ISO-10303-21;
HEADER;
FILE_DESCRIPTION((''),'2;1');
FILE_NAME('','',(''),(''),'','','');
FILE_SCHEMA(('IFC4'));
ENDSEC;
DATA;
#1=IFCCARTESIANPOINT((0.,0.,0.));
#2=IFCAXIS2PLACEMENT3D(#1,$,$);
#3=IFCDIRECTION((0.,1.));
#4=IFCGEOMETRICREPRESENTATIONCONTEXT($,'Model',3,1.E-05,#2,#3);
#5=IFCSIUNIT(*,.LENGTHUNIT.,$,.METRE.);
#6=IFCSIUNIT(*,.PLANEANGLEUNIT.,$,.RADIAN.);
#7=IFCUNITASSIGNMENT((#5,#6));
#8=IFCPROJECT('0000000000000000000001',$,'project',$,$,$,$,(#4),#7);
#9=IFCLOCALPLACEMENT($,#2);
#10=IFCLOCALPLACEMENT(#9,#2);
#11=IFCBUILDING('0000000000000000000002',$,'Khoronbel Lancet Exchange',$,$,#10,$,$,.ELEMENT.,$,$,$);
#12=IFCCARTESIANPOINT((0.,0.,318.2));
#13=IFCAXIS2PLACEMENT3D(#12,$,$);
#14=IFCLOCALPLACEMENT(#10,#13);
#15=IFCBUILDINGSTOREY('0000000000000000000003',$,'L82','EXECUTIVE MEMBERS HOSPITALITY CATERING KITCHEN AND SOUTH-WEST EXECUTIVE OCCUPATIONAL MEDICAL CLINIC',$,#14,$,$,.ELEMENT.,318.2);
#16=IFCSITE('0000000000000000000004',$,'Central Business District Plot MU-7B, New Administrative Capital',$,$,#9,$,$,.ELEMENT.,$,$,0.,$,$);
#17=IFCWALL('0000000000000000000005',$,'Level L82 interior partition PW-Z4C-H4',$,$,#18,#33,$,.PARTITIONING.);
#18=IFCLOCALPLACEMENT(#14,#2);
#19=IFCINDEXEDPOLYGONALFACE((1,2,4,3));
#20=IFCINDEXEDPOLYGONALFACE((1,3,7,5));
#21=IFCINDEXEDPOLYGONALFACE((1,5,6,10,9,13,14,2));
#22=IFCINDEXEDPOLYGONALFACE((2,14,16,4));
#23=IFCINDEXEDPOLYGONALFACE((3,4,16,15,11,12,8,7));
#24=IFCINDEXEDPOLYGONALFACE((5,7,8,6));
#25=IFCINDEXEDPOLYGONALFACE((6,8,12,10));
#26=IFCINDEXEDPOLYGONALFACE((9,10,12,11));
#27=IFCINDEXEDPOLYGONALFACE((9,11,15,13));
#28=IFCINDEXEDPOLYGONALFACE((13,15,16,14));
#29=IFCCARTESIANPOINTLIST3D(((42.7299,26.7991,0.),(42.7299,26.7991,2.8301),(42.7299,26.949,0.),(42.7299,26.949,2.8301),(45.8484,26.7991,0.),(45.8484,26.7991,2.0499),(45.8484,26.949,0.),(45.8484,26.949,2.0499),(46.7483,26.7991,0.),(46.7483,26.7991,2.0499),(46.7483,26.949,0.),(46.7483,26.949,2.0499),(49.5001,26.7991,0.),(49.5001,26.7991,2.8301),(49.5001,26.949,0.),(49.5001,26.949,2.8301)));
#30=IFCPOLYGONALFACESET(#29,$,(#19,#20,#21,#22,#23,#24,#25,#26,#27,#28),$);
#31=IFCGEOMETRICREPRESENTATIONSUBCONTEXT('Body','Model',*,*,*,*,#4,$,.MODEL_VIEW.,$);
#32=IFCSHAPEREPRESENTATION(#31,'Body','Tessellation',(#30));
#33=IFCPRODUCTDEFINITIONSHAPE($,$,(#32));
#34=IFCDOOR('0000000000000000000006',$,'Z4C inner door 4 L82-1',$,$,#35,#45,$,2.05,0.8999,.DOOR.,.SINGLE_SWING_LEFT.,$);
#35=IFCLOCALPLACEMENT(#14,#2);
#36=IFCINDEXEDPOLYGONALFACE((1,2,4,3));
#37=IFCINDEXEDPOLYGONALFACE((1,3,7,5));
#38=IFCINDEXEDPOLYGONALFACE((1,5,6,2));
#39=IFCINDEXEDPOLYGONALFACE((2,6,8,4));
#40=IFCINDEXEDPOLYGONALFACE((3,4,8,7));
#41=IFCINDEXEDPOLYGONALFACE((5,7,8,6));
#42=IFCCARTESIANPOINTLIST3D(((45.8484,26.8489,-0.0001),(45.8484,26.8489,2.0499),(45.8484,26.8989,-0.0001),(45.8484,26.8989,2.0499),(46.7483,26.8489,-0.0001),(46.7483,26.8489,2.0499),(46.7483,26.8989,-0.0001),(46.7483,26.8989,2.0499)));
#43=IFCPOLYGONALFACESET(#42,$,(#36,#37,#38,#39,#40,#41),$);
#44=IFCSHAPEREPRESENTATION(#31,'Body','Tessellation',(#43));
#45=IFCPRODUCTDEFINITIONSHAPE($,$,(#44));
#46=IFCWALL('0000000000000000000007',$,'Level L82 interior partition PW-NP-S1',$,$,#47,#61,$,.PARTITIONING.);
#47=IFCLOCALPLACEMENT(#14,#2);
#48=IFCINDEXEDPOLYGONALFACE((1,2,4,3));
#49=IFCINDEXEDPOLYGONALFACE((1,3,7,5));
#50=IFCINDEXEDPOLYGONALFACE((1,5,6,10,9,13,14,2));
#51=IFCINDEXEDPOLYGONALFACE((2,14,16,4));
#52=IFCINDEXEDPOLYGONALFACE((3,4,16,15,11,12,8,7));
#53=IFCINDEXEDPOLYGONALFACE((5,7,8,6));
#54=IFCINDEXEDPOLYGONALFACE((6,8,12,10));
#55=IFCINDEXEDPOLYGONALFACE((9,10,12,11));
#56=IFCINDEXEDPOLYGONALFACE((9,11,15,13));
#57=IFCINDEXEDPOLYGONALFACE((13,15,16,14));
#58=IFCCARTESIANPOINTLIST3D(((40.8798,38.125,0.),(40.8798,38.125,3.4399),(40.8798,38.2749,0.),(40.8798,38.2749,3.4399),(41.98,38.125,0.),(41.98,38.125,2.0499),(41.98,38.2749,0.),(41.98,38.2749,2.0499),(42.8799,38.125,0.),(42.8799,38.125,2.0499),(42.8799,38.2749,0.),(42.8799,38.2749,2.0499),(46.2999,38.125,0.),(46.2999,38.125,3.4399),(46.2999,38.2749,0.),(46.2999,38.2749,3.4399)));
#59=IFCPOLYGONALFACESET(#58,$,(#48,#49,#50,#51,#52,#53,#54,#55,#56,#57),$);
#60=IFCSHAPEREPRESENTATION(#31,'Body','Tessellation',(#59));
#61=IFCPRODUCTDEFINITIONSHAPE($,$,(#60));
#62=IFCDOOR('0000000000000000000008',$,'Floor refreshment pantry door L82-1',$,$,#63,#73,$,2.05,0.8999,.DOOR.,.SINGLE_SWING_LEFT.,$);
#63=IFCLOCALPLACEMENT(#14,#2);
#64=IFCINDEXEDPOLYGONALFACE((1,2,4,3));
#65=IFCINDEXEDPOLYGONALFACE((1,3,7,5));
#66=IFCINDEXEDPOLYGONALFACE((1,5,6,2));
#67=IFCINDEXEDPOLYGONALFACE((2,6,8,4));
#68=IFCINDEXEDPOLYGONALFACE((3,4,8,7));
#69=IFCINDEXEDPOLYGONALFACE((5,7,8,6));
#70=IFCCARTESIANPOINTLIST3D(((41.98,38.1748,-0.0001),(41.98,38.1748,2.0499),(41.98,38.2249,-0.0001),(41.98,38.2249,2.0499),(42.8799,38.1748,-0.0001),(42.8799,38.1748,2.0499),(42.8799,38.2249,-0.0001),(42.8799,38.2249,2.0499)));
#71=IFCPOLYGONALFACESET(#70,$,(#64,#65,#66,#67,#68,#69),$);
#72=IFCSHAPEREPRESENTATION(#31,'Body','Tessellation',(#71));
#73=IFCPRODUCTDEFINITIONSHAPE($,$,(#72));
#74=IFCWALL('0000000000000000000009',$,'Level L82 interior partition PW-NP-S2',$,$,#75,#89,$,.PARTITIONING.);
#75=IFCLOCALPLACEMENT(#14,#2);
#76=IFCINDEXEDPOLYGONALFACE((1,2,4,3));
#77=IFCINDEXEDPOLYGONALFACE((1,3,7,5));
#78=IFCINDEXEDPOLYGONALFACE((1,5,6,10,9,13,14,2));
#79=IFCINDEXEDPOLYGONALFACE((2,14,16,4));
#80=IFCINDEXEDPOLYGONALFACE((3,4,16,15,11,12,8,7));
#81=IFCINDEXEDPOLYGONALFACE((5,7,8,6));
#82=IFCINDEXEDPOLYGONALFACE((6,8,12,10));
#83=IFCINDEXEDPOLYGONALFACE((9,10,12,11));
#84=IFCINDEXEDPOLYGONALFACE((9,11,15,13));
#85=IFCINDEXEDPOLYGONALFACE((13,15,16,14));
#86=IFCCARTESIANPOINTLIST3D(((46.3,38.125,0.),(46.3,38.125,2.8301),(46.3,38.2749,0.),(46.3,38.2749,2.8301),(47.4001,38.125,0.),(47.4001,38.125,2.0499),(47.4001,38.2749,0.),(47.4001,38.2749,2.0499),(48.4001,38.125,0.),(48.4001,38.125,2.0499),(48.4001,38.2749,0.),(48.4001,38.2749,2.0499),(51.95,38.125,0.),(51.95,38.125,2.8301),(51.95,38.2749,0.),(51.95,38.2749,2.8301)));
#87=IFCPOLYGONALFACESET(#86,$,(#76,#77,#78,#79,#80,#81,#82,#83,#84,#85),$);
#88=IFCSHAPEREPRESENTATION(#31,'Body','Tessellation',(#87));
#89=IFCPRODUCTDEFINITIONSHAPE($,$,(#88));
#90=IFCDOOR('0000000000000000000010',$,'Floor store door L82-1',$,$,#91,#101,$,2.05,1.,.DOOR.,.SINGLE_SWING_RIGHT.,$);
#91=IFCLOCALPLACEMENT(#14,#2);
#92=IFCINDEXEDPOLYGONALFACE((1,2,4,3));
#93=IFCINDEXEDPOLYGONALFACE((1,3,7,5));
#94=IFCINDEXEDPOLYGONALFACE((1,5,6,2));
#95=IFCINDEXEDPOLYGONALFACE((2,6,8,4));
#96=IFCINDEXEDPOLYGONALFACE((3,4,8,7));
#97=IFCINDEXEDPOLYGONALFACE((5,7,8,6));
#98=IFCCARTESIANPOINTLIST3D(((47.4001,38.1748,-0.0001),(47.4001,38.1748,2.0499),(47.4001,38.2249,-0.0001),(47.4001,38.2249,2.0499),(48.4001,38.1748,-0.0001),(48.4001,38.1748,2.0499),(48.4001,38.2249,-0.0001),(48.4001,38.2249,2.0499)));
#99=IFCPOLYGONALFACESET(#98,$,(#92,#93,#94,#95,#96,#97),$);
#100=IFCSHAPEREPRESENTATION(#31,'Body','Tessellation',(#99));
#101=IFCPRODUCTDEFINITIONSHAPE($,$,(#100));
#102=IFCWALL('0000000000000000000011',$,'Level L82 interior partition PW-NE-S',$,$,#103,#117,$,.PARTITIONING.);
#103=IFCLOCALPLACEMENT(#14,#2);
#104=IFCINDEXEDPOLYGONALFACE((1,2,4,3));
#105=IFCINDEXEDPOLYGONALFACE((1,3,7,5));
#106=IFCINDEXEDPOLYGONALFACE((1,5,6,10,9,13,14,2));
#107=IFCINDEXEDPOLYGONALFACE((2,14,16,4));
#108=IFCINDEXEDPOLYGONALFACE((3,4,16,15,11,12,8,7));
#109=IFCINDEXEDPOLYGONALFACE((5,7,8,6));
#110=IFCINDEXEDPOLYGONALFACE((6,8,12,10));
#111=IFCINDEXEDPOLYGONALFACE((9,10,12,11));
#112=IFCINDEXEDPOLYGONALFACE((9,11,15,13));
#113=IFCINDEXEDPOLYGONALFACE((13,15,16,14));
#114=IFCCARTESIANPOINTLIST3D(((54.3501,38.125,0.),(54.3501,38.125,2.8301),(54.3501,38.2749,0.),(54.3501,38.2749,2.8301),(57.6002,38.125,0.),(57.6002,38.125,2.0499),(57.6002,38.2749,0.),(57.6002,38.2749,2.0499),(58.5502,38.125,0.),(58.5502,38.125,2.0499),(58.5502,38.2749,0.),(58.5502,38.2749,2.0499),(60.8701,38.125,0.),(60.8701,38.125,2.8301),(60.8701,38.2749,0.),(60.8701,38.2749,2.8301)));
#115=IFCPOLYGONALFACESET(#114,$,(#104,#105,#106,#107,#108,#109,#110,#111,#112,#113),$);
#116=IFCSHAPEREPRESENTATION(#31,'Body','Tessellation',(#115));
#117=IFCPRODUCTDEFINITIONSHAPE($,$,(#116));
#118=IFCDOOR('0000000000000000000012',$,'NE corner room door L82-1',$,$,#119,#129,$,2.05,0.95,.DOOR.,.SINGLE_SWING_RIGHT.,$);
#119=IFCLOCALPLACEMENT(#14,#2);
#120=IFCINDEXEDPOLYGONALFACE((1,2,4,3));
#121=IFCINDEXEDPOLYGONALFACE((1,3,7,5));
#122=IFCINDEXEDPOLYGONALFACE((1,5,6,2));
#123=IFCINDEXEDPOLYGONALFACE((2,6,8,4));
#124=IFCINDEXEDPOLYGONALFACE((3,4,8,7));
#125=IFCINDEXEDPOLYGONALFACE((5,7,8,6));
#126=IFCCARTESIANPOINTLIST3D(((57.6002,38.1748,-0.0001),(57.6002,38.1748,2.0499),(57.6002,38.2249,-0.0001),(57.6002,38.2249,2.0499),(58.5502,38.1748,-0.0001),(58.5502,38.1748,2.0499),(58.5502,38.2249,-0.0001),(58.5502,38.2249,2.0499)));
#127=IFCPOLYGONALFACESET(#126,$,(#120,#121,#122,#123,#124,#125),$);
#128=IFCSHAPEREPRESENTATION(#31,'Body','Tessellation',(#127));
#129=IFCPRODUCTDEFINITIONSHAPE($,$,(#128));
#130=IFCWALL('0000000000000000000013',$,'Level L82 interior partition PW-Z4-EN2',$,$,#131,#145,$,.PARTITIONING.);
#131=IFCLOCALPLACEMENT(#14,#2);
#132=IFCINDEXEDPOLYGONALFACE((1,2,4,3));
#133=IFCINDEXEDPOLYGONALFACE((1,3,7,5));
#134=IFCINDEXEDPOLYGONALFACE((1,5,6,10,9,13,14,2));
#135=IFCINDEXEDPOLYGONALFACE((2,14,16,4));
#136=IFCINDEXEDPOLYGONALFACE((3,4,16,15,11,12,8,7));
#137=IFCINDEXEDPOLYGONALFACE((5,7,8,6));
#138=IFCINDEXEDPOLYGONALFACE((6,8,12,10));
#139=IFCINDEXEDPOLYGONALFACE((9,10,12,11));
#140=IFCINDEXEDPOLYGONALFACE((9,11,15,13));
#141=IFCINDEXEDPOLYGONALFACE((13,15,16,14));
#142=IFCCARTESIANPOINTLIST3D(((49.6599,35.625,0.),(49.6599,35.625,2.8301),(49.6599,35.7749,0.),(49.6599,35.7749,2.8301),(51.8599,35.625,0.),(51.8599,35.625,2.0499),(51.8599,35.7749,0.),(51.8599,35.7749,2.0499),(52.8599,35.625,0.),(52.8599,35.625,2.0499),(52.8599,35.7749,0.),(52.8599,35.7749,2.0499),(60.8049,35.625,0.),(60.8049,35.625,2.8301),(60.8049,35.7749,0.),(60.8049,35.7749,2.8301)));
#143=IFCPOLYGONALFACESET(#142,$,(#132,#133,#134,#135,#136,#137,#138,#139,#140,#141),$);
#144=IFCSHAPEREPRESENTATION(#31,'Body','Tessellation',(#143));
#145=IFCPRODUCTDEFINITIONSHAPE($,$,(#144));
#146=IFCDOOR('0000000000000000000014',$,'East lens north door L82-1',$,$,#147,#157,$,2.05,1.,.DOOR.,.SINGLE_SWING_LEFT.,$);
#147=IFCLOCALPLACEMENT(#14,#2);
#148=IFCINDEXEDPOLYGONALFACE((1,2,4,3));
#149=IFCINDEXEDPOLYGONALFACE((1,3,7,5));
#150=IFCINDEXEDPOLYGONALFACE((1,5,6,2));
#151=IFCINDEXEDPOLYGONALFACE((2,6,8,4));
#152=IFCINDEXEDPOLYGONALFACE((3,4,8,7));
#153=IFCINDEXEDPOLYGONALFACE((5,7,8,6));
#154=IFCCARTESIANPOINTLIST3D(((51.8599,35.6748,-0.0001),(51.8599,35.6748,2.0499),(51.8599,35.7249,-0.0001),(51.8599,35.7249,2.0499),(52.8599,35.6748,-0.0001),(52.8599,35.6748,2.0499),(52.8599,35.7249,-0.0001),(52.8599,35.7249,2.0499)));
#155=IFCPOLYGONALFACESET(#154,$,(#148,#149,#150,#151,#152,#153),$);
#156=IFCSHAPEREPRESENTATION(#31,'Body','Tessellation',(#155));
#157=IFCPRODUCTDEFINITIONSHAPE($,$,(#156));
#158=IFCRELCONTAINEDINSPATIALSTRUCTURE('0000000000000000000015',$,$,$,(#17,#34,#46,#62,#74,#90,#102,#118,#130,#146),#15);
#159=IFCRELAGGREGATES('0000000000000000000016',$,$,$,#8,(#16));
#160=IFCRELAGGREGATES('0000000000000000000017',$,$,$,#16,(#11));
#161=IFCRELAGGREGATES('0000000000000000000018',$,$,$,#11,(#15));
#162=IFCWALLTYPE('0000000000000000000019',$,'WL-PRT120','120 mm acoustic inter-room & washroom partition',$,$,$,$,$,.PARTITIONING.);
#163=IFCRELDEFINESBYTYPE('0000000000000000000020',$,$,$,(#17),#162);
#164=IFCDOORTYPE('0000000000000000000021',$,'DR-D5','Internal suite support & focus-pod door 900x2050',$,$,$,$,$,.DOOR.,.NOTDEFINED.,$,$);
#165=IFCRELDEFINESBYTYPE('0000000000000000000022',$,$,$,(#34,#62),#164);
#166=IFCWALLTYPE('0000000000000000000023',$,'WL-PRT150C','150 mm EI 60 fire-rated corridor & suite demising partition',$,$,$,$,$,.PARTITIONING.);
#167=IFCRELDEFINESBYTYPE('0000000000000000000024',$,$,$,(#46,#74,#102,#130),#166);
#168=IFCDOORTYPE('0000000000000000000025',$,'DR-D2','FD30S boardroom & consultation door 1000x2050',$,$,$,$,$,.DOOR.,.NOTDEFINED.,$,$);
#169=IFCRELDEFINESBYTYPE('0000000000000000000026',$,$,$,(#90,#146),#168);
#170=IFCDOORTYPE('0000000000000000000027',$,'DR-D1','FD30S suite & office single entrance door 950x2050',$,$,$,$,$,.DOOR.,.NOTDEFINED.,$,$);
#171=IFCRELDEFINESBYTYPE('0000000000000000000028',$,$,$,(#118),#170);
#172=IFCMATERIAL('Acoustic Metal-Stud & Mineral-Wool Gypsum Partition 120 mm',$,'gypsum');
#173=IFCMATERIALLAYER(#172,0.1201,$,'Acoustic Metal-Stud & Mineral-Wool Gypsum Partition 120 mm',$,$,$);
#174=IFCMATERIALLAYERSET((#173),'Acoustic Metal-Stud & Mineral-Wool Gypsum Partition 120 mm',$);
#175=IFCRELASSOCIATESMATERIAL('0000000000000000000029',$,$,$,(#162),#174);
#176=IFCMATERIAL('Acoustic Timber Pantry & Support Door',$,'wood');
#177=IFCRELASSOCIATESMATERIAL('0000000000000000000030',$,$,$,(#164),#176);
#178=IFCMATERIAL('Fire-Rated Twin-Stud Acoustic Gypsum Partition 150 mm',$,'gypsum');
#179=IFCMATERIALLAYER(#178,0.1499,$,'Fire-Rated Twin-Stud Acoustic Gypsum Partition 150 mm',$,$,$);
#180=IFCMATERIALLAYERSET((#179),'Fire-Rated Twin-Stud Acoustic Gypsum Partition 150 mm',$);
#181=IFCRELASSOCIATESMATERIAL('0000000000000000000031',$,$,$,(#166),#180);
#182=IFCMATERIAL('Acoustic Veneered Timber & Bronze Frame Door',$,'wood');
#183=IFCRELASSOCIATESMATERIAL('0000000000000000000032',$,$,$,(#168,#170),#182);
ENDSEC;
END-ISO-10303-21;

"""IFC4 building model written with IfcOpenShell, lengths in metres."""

from ifc_helpers import new_model, si_unit, direction, frame, frame_2d, origin, place, context, subcontext, project, spatial, rectangle, extrude, material, layer, layer_set, type_object, element, fill, save


model = new_model("IFC4")

# Units and contexts
model_context = context("Model", 3, precision=1e-05, world=origin(), true_north=direction((0.0, 1.0)))
body_context = subcontext(model_context, "Body", "Model", "MODEL_VIEW")
ifc_project = project(units=[si_unit("LENGTHUNIT", "METRE"), si_unit("PLANEANGLEUNIT", "RADIAN")], contexts=[model_context])

# Site, building, storey
site_placement = place(None, origin())
site = spatial("IfcSite", under=ifc_project, at=site_placement, Name="Central Business District Plot MU-7B, New Administrative Capital", CompositionType="ELEMENT", RefElevation=0.0)
building_placement = place(site_placement, origin())
building = spatial("IfcBuilding", under=site, at=building_placement, Name="Khoronbel Lancet Exchange", CompositionType="ELEMENT")
storey_placement = place(building_placement, frame((0.0, 0.0, 318.2)))
storey = spatial("IfcBuildingStorey", under=building, at=storey_placement, Name="L82", Description="EXECUTIVE MEMBERS HOSPITALITY CATERING KITCHEN AND SOUTH-WEST EXECUTIVE OCCUPATIONAL MEDICAL CLINIC", CompositionType="ELEMENT", Elevation=318.2)

# Walls, openings, doors
ifc_material_1 = material(Name="Acoustic Metal-Stud & Mineral-Wool Gypsum Partition 120 mm", Category="gypsum")
ifc_layer_1 = layer(ifc_material_1, 0.1201, Name="Acoustic Metal-Stud & Mineral-Wool Gypsum Partition 120 mm")
ifc_layer_set_1 = layer_set([ifc_layer_1], Name="Acoustic Metal-Stud & Mineral-Wool Gypsum Partition 120 mm")
wall_type_1 = type_object("IfcWallType", Name="WL-PRT120", Description="120 mm acoustic inter-room & washroom partition", PredefinedType="PARTITIONING", material=ifc_layer_set_1)
ifc_material_2 = material(Name="Acoustic Timber Pantry & Support Door", Category="wood")
door_type_1 = type_object("IfcDoorType", Name="DR-D5", Description="Internal suite support & focus-pod door 900x2050", OperationType="NOTDEFINED", PredefinedType="DOOR", material=ifc_material_2)
wall_1_placement = place(storey_placement, frame((42.7297, 26.874, 0.0), z_axis=(0.0, 0.0, 1.0), x_axis=(1.0, 0.0, 0.0)))
wall_1 = element("IfcWall", 1, at=wall_1_placement, inside=storey, type_object=wall_type_1, Name="Level L82 interior partition PW-Z4C-H4", PredefinedType="PARTITIONING", context=body_context, shape_type="SweptSolid", body=[
    extrude(rectangle(XDim=6.7703, YDim=0.1499, at=frame_2d((3.3853, 0.0))), origin(), (0.0, 0.0, 1.0), 2.8301),
])
opening_1_placement = place(wall_1_placement, frame((3.1187, 0.0, 0.0)))
opening_1 = element("IfcOpeningElement", 2, at=opening_1_placement, cuts=wall_1, PredefinedType="OPENING", context=body_context, shape_type="SweptSolid", body=[
    extrude(rectangle(XDim=0.8999, YDim=2.05, at=frame_2d((0.45, 1.0249))), frame((0.0, 0.085, 0.0), z_axis=(0.0, -1.0, 0.0), x_axis=(1.0, 0.0, 0.0)), (0.0, 0.0, 1.0), 0.1699),
])
door_1_placement = place(opening_1_placement, origin())
door_1 = element("IfcDoor", 3, at=door_1_placement, inside=storey, type_object=door_type_1, Name="Z4C inner door 4 L82-1", OperationType="SINGLE_SWING_LEFT", OverallHeight=2.05, OverallWidth=0.8999, PredefinedType="DOOR", context=body_context, shape_type="SweptSolid", body=[
    extrude(rectangle(XDim=0.8999, YDim=2.05, at=frame_2d((0.45, 1.0249))), frame((0.0, 0.0249, 0.0), z_axis=(0.0, -1.0, 0.0), x_axis=(1.0, 0.0, 0.0)), (0.0, 0.0, 1.0), 0.05),
])
fill(opening_1, door_1)
ifc_material_3 = material(Name="Fire-Rated Twin-Stud Acoustic Gypsum Partition 150 mm", Category="gypsum")
ifc_layer_2 = layer(ifc_material_3, 0.1499, Name="Fire-Rated Twin-Stud Acoustic Gypsum Partition 150 mm")
ifc_layer_set_2 = layer_set([ifc_layer_2], Name="Fire-Rated Twin-Stud Acoustic Gypsum Partition 150 mm")
wall_type_2 = type_object("IfcWallType", Name="WL-PRT150C", Description="150 mm EI 60 fire-rated corridor & suite demising partition", PredefinedType="PARTITIONING", material=ifc_layer_set_2)
wall_2_placement = place(storey_placement, frame((40.8799, 38.2, 0.0), z_axis=(0.0, 0.0, 1.0), x_axis=(1.0, 0.0, 0.0)))
wall_2 = element("IfcWall", 4, at=wall_2_placement, inside=storey, type_object=wall_type_2, Name="Level L82 interior partition PW-NP-S1", PredefinedType="PARTITIONING", context=body_context, shape_type="SweptSolid", body=[
    extrude(rectangle(XDim=5.4202, YDim=0.1499, at=frame_2d((2.71, 0.0))), origin(), (0.0, 0.0, 1.0), 3.4399),
])
opening_2_placement = place(wall_2_placement, frame((1.1001, 0.0, 0.0)))
opening_2 = element("IfcOpeningElement", 5, at=opening_2_placement, cuts=wall_2, PredefinedType="OPENING", context=body_context, shape_type="SweptSolid", body=[
    extrude(rectangle(XDim=0.8999, YDim=2.05, at=frame_2d((0.45, 1.0249))), frame((0.0, 0.085, 0.0), z_axis=(0.0, -1.0, 0.0), x_axis=(1.0, 0.0, 0.0)), (0.0, 0.0, 1.0), 0.1699),
])
door_2_placement = place(opening_2_placement, origin())
door_2 = element("IfcDoor", 6, at=door_2_placement, inside=storey, type_object=door_type_1, Name="Floor refreshment pantry door L82-1", OperationType="SINGLE_SWING_LEFT", OverallHeight=2.05, OverallWidth=0.8999, PredefinedType="DOOR", context=body_context, shape_type="SweptSolid", body=[
    extrude(rectangle(XDim=0.8999, YDim=2.05, at=frame_2d((0.45, 1.0249))), frame((0.0, 0.0249, 0.0), z_axis=(0.0, -1.0, 0.0), x_axis=(1.0, 0.0, 0.0)), (0.0, 0.0, 1.0), 0.05),
])
fill(opening_2, door_2)
wall_3_placement = place(storey_placement, frame((46.3, 38.2, 0.0), z_axis=(0.0, 0.0, 1.0), x_axis=(1.0, 0.0, 0.0)))
wall_3 = element("IfcWall", 7, at=wall_3_placement, inside=storey, type_object=wall_type_2, Name="Level L82 interior partition PW-NP-S2", PredefinedType="PARTITIONING", context=body_context, shape_type="SweptSolid", body=[
    extrude(rectangle(XDim=5.6499, YDim=0.1499, at=frame_2d((2.825, 0.0))), origin(), (0.0, 0.0, 1.0), 2.8301),
])
opening_3_placement = place(wall_3_placement, frame((1.1001, 0.0, 0.0)))
opening_3 = element("IfcOpeningElement", 8, at=opening_3_placement, cuts=wall_3, PredefinedType="OPENING", context=body_context, shape_type="SweptSolid", body=[
    extrude(rectangle(XDim=1.0, YDim=2.05, at=frame_2d((0.5, 1.0249))), frame((0.0, 0.085, 0.0), z_axis=(0.0, -1.0, 0.0), x_axis=(1.0, 0.0, 0.0)), (0.0, 0.0, 1.0), 0.1699),
])
ifc_material_4 = material(Name="Acoustic Veneered Timber & Bronze Frame Door", Category="wood")
door_type_2 = type_object("IfcDoorType", Name="DR-D2", Description="FD30S boardroom & consultation door 1000x2050", OperationType="NOTDEFINED", PredefinedType="DOOR", material=ifc_material_4)
door_3_placement = place(opening_3_placement, origin())
door_3 = element("IfcDoor", 9, at=door_3_placement, inside=storey, type_object=door_type_2, Name="Floor store door L82-1", OperationType="SINGLE_SWING_RIGHT", OverallHeight=2.05, OverallWidth=1.0, PredefinedType="DOOR", context=body_context, shape_type="SweptSolid", body=[
    extrude(rectangle(XDim=1.0, YDim=2.05, at=frame_2d((0.5, 1.0249))), frame((0.0, 0.0249, 0.0), z_axis=(0.0, -1.0, 0.0), x_axis=(1.0, 0.0, 0.0)), (0.0, 0.0, 1.0), 0.05),
])
fill(opening_3, door_3)
wall_4_placement = place(storey_placement, frame((54.3501, 38.2, 0.0), z_axis=(0.0, 0.0, 1.0), x_axis=(1.0, 0.0, 0.0)))
wall_4 = element("IfcWall", 10, at=wall_4_placement, inside=storey, type_object=wall_type_2, Name="Level L82 interior partition PW-NE-S", PredefinedType="PARTITIONING", context=body_context, shape_type="SweptSolid", body=[
    extrude(rectangle(XDim=6.52, YDim=0.1499, at=frame_2d((3.26, 0.0))), origin(), (0.0, 0.0, 1.0), 2.8301),
])
opening_4_placement = place(wall_4_placement, frame((3.25, 0.0, 0.0)))
opening_4 = element("IfcOpeningElement", 11, at=opening_4_placement, cuts=wall_4, PredefinedType="OPENING", context=body_context, shape_type="SweptSolid", body=[
    extrude(rectangle(XDim=0.95, YDim=2.05, at=frame_2d((0.4751, 1.0249))), frame((0.0, 0.085, 0.0), z_axis=(0.0, -1.0, 0.0), x_axis=(1.0, 0.0, 0.0)), (0.0, 0.0, 1.0), 0.1699),
])
door_type_3 = type_object("IfcDoorType", Name="DR-D1", Description="FD30S suite & office single entrance door 950x2050", OperationType="NOTDEFINED", PredefinedType="DOOR", material=ifc_material_4)
door_4_placement = place(opening_4_placement, origin())
door_4 = element("IfcDoor", 12, at=door_4_placement, inside=storey, type_object=door_type_3, Name="NE corner room door L82-1", OperationType="SINGLE_SWING_RIGHT", OverallHeight=2.05, OverallWidth=0.95, PredefinedType="DOOR", context=body_context, shape_type="SweptSolid", body=[
    extrude(rectangle(XDim=0.95, YDim=2.05, at=frame_2d((0.4751, 1.0249))), frame((0.0, 0.0249, 0.0), z_axis=(0.0, -1.0, 0.0), x_axis=(1.0, 0.0, 0.0)), (0.0, 0.0, 1.0), 0.05),
])
fill(opening_4, door_4)
wall_5_placement = place(storey_placement, frame((49.6599, 35.7, 0.0), z_axis=(0.0, 0.0, 1.0), x_axis=(1.0, 0.0, 0.0)))
wall_5 = element("IfcWall", 13, at=wall_5_placement, inside=storey, type_object=wall_type_2, Name="Level L82 interior partition PW-Z4-EN2", PredefinedType="PARTITIONING", context=body_context, shape_type="SweptSolid", body=[
    extrude(rectangle(XDim=11.145, YDim=0.1499, at=frame_2d((5.5725, 0.0))), origin(), (0.0, 0.0, 1.0), 2.8301),
])
opening_5_placement = place(wall_5_placement, frame((2.2, 0.0, 0.0)))
opening_5 = element("IfcOpeningElement", 14, at=opening_5_placement, cuts=wall_5, PredefinedType="OPENING", context=body_context, shape_type="SweptSolid", body=[
    extrude(rectangle(XDim=1.0, YDim=2.05, at=frame_2d((0.5, 1.0249))), frame((0.0, 0.085, 0.0), z_axis=(0.0, -1.0, 0.0), x_axis=(1.0, 0.0, 0.0)), (0.0, 0.0, 1.0), 0.1699),
])
door_5_placement = place(opening_5_placement, origin())
door_5 = element("IfcDoor", 15, at=door_5_placement, inside=storey, type_object=door_type_2, Name="East lens north door L82-1", OperationType="SINGLE_SWING_LEFT", OverallHeight=2.05, OverallWidth=1.0, PredefinedType="DOOR", context=body_context, shape_type="SweptSolid", body=[
    extrude(rectangle(XDim=1.0, YDim=2.05, at=frame_2d((0.5, 1.0249))), frame((0.0, 0.0249, 0.0), z_axis=(0.0, -1.0, 0.0), x_axis=(1.0, 0.0, 0.0)), (0.0, 0.0, 1.0), 0.05),
])
fill(opening_5, door_5)

save(model, "model.ifc")
